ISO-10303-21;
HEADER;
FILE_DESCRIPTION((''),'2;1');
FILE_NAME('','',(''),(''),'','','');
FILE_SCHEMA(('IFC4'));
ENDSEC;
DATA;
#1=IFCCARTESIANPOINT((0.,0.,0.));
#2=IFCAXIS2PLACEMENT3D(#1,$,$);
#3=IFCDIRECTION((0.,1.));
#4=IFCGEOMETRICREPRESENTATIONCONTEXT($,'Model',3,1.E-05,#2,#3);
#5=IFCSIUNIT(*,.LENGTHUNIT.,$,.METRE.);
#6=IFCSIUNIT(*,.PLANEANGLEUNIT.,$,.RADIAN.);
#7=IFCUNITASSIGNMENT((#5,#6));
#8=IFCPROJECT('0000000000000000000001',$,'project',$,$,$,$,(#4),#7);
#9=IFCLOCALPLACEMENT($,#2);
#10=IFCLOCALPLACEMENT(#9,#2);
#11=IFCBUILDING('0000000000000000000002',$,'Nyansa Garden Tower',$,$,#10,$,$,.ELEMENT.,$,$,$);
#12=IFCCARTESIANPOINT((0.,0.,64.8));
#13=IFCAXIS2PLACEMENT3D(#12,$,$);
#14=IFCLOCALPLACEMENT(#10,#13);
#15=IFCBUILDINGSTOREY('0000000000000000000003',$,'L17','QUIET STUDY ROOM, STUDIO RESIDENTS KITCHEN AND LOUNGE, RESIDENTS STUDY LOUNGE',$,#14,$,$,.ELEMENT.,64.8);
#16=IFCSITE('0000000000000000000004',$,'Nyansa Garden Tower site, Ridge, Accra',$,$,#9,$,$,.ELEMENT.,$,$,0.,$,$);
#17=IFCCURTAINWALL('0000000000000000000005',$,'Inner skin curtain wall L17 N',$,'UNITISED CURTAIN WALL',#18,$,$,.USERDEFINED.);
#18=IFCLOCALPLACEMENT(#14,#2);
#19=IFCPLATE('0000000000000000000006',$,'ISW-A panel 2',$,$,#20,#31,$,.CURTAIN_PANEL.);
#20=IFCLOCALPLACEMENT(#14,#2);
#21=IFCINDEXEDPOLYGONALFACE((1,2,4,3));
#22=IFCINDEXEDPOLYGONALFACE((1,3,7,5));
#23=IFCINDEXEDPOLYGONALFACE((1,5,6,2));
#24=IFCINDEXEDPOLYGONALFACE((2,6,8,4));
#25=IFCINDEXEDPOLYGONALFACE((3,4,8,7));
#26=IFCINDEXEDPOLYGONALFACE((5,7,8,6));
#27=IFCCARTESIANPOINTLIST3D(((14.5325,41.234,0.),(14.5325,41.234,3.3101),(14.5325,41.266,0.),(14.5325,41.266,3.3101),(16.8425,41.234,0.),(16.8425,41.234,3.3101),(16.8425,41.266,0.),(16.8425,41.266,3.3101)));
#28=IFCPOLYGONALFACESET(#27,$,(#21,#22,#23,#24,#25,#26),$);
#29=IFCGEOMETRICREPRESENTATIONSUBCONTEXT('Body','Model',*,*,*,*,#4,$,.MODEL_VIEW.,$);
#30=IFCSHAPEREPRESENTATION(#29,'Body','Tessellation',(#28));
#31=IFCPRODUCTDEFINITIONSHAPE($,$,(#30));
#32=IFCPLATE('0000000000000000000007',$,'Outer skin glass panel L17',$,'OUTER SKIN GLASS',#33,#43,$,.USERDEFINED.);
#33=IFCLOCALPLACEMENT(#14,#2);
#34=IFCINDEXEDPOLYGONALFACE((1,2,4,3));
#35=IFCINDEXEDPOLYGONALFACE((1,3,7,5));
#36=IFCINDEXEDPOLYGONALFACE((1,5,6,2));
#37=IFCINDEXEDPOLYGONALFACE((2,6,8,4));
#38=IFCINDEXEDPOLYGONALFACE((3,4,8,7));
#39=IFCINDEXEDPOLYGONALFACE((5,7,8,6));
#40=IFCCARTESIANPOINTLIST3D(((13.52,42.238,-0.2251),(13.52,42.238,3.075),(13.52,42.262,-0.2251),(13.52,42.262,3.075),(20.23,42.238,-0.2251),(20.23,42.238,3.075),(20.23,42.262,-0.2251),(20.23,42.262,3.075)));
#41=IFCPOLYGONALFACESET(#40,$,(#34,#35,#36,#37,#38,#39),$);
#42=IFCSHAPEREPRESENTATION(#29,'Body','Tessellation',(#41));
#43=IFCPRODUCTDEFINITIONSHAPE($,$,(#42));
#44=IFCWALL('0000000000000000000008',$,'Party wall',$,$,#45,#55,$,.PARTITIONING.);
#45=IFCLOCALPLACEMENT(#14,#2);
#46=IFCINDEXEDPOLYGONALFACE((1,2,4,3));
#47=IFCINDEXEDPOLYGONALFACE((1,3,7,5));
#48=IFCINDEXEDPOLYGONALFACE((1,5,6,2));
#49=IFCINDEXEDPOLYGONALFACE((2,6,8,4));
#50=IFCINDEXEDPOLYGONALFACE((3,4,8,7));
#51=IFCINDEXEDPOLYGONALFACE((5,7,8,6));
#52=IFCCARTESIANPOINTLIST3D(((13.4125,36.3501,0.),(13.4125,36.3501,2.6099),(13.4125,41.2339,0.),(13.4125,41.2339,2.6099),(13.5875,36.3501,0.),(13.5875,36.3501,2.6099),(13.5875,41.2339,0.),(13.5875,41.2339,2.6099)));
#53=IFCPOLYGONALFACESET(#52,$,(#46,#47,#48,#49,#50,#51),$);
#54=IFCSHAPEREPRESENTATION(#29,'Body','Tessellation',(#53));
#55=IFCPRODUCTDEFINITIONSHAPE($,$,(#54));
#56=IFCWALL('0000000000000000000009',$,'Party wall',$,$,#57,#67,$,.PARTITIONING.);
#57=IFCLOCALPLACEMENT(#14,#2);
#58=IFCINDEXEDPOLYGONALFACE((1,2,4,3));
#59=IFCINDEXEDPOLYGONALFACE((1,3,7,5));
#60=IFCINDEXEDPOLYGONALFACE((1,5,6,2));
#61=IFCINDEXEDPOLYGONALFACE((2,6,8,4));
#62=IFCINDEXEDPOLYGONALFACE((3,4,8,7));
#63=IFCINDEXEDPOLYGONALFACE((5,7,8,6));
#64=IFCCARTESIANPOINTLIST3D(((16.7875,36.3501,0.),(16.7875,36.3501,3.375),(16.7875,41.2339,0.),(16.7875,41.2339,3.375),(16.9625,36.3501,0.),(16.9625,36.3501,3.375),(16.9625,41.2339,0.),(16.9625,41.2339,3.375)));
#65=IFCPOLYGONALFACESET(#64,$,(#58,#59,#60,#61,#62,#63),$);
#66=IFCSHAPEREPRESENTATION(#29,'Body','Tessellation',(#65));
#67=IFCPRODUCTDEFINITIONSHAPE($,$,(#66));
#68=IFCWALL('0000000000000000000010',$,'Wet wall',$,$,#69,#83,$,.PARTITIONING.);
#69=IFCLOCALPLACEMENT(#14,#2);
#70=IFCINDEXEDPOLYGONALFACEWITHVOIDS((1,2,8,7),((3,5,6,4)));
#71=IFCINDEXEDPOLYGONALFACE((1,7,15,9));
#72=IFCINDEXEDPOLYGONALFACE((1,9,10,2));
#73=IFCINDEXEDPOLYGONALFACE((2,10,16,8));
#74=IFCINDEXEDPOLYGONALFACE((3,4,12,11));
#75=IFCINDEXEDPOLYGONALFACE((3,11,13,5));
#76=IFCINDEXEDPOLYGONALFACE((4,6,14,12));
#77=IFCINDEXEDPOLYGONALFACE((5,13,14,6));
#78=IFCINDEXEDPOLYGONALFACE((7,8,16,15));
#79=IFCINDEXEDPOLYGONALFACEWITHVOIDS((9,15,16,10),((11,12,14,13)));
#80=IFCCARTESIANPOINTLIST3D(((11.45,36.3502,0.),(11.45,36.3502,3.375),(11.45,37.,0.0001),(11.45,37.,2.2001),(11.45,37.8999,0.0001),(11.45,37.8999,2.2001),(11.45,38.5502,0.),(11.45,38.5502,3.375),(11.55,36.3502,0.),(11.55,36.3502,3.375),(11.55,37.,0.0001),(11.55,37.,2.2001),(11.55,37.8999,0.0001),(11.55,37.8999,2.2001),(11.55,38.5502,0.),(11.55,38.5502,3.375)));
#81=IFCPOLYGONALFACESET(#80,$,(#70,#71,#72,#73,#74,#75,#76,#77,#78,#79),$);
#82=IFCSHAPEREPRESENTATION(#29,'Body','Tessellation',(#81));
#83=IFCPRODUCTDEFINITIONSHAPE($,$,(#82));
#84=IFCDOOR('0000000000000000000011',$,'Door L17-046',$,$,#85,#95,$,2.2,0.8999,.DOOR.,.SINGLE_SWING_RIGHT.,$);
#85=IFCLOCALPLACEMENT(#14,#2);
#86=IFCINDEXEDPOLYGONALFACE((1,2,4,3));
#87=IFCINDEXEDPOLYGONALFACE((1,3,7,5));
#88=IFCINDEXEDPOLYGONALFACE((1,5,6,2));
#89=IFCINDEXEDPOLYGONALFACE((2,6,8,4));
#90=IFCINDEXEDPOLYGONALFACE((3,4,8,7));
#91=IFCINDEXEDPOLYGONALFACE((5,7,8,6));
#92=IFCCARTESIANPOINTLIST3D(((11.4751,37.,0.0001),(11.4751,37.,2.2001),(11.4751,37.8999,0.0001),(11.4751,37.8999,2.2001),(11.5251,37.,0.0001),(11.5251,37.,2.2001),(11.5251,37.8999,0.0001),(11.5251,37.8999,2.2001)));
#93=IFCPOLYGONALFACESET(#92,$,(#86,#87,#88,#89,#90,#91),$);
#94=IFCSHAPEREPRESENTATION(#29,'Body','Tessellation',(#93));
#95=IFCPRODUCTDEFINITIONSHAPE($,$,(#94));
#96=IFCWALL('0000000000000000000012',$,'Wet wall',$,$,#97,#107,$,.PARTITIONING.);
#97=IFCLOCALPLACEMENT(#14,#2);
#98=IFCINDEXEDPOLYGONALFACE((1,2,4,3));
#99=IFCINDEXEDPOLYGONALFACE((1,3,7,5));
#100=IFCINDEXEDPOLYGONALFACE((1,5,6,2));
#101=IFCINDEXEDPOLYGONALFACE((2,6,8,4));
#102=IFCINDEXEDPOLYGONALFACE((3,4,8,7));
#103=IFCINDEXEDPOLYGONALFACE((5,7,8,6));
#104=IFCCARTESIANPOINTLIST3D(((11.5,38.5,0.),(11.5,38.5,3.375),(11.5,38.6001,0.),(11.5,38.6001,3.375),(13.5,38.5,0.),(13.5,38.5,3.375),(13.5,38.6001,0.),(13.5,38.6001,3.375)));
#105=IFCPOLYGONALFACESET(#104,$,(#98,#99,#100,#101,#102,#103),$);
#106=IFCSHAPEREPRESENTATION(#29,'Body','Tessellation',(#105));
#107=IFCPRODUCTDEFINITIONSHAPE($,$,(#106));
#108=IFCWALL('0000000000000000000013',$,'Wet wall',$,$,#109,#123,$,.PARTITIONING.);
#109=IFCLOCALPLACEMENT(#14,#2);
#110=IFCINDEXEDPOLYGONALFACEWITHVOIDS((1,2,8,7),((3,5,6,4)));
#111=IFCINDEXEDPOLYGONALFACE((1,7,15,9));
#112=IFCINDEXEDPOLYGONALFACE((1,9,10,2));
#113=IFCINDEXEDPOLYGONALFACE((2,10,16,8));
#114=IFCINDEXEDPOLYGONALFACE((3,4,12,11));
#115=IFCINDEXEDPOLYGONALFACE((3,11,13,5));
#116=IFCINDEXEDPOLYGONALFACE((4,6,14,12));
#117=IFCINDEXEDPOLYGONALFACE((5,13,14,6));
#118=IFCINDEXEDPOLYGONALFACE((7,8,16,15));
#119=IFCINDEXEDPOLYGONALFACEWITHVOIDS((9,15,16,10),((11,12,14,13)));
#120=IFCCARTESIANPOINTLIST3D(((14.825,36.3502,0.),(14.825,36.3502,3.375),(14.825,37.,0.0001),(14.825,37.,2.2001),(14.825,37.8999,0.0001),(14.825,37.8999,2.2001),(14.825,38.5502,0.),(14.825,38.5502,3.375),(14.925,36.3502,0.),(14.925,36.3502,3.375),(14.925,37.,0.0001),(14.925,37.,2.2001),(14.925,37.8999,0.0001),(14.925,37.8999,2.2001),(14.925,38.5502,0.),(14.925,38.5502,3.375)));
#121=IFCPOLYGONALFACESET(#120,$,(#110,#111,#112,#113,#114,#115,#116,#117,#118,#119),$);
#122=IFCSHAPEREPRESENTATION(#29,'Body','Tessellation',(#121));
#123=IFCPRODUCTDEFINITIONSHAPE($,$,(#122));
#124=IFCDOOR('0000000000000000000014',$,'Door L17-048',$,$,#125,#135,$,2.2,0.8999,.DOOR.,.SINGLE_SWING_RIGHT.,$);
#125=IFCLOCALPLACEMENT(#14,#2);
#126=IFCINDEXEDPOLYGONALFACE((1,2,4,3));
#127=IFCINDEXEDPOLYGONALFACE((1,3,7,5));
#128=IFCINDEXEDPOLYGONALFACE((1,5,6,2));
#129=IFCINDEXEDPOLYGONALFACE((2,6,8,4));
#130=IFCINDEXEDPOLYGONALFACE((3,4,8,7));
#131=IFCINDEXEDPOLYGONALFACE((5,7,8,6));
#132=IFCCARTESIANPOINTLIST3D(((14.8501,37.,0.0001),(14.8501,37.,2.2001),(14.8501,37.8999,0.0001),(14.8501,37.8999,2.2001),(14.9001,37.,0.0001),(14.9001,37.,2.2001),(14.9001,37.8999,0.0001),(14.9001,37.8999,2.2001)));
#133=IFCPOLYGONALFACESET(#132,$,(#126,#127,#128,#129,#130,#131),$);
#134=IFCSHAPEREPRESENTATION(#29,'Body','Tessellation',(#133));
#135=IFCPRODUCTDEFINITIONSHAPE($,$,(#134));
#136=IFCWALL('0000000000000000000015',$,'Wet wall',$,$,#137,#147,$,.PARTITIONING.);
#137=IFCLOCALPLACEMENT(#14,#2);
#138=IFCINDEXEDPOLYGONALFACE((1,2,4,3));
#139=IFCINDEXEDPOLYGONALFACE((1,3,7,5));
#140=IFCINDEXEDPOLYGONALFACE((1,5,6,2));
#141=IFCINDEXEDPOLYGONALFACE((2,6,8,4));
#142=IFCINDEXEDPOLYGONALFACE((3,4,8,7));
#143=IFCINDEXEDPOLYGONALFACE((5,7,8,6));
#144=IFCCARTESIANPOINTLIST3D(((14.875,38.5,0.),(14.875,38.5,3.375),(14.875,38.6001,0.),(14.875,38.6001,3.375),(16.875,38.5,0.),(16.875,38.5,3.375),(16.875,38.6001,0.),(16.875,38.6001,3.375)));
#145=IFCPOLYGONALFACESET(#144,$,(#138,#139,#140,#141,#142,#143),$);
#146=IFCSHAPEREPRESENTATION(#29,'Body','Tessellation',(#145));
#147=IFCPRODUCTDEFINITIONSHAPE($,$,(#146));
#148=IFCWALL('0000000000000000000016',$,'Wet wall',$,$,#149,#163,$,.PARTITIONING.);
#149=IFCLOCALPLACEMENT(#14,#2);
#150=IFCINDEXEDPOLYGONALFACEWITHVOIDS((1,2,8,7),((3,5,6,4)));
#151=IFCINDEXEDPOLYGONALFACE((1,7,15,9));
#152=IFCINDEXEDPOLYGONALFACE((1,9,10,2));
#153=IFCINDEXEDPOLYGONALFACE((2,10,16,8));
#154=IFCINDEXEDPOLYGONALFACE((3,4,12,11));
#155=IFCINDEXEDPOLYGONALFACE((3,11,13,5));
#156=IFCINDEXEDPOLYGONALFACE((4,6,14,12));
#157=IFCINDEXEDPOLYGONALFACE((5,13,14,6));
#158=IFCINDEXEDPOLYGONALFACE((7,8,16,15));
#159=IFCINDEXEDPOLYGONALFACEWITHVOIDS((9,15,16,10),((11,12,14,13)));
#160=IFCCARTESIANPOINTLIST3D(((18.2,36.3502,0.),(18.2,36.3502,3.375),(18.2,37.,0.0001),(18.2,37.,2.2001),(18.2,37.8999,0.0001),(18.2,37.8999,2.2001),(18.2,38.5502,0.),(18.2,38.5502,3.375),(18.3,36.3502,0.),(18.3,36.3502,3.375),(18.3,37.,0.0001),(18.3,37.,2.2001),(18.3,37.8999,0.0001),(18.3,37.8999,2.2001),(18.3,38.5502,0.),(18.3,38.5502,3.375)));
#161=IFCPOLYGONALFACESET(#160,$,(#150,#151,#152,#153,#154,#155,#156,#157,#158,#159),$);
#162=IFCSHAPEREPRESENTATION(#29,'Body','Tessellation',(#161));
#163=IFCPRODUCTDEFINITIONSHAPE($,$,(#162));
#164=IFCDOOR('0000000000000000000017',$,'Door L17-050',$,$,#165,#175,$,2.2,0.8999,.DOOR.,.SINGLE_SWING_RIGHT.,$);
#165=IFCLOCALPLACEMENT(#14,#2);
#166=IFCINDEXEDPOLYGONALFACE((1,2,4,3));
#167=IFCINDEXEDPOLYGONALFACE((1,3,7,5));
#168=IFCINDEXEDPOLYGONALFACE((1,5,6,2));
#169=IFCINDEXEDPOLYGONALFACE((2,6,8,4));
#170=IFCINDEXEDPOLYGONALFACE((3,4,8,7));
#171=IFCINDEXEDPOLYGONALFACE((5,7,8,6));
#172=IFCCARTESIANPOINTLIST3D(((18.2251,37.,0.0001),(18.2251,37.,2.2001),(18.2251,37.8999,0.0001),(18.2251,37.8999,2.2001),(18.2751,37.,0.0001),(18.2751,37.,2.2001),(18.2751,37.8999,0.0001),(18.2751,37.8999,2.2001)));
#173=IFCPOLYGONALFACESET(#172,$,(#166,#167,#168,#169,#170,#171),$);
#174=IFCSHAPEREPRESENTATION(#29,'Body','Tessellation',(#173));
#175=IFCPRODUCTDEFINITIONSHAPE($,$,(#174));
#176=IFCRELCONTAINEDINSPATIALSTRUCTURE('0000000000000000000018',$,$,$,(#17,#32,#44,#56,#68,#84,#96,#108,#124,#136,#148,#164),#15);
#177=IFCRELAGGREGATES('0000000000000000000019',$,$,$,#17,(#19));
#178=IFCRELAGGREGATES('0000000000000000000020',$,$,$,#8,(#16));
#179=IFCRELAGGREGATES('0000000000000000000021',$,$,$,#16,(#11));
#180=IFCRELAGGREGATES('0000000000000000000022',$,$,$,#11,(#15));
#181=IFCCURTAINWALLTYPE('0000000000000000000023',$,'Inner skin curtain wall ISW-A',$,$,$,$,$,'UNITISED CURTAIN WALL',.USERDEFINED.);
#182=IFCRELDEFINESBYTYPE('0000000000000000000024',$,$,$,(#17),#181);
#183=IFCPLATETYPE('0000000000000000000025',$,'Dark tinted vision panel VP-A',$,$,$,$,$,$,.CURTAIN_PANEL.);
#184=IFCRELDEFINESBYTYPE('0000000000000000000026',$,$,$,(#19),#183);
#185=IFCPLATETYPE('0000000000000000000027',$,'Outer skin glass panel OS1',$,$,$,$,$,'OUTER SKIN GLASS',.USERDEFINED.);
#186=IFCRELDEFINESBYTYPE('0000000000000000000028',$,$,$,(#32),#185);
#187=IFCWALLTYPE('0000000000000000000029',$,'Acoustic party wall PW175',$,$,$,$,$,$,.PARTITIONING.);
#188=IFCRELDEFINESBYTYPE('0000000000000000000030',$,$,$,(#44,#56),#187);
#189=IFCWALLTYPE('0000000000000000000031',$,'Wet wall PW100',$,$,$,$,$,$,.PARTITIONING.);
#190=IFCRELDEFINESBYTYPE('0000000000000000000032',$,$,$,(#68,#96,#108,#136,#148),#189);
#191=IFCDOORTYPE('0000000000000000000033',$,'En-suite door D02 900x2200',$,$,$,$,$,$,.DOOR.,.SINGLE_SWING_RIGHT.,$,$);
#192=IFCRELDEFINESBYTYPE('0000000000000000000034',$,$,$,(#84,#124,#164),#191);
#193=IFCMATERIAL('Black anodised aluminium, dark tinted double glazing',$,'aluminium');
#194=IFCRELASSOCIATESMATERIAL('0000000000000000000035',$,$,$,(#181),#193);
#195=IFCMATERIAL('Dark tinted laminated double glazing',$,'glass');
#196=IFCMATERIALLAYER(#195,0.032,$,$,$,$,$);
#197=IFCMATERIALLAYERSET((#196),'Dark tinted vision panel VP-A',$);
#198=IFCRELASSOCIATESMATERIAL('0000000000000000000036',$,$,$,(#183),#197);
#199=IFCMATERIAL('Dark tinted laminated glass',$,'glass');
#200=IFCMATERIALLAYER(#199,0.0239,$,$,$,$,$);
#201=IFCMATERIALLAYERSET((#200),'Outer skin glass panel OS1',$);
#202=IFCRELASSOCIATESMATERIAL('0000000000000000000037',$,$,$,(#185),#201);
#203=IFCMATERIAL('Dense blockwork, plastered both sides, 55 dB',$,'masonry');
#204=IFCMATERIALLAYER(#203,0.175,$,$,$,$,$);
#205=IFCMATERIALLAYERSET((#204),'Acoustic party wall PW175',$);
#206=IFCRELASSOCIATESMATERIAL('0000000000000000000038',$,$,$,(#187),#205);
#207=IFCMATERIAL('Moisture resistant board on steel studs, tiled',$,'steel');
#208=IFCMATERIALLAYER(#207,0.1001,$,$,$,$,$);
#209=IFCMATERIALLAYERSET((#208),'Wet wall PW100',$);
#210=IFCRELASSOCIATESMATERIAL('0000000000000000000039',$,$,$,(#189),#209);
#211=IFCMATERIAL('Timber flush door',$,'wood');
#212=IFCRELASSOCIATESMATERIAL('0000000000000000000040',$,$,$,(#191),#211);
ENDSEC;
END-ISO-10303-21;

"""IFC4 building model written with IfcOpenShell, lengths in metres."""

from ifc_helpers import new_model, si_unit, direction, frame, frame_2d, origin, origin_2d, place, context, subcontext, project, spatial, rectangle, extrude, material, layer, layer_set, type_object, element, fill, aggregate, save


model = new_model("IFC4")

# Units and contexts
model_context = context("Model", 3, precision=1e-05, world=origin(), true_north=direction((0.0, 1.0)))
body_context = subcontext(model_context, "Body", "Model", "MODEL_VIEW")
ifc_project = project(units=[si_unit("LENGTHUNIT", "METRE"), si_unit("PLANEANGLEUNIT", "RADIAN")], contexts=[model_context])

# Site, building, storey
site_placement = place(None, origin())
site = spatial("IfcSite", under=ifc_project, at=site_placement, Name="Nyansa Garden Tower site, Ridge, Accra", CompositionType="ELEMENT", RefElevation=0.0)
building_placement = place(site_placement, origin())
building = spatial("IfcBuilding", under=site, at=building_placement, Name="Nyansa Garden Tower", CompositionType="ELEMENT")
storey_placement = place(building_placement, frame((0.0, 0.0, 64.8)))
storey = spatial("IfcBuildingStorey", under=building, at=storey_placement, Name="L17", Description="QUIET STUDY ROOM, STUDIO RESIDENTS KITCHEN AND LOUNGE, RESIDENTS STUDY LOUNGE", CompositionType="ELEMENT", Elevation=64.8)

# Curtain wall
ifc_material_1 = material(Name="Black anodised aluminium, dark tinted double glazing", Category="aluminium")
curtain_wall_type = type_object("IfcCurtainWallType", Name="Inner skin curtain wall ISW-A", ElementType="UNITISED CURTAIN WALL", PredefinedType="USERDEFINED", material=ifc_material_1)
curtain_wall_1_placement = place(storey_placement, origin())
curtain_wall_1 = element("IfcCurtainWall", 1, at=curtain_wall_1_placement, inside=storey, type_object=curtain_wall_type, Name="Inner skin curtain wall L17 N", ObjectType="UNITISED CURTAIN WALL", PredefinedType="USERDEFINED")

# Plates
ifc_material_2 = material(Name="Dark tinted laminated double glazing", Category="glass")
ifc_layer_1 = layer(ifc_material_2, 0.032)
ifc_layer_set_1 = layer_set([ifc_layer_1], Name="Dark tinted vision panel VP-A")
plate_type_1 = type_object("IfcPlateType", Name="Dark tinted vision panel VP-A", PredefinedType="CURTAIN_PANEL", material=ifc_layer_set_1)
plate_1_placement = place(storey_placement, frame((15.6875, 41.25, 0.0), z_axis=(0.0, 0.0, 1.0), x_axis=(-1.0, 0.0, 0.0)))
plate_1 = element("IfcPlate", 2, at=plate_1_placement, type_object=plate_type_1, Name="ISW-A panel 2", PredefinedType="CURTAIN_PANEL", context=body_context, shape_type="SweptSolid", body=[
    extrude(rectangle(XDim=2.3101, YDim=0.032, at=origin_2d()), origin(), (0.0, 0.0, 1.0), 3.3101),
])
aggregate(curtain_wall_1, [plate_1])
ifc_material_3 = material(Name="Dark tinted laminated glass", Category="glass")
ifc_layer_2 = layer(ifc_material_3, 0.0239)
ifc_layer_set_2 = layer_set([ifc_layer_2], Name="Outer skin glass panel OS1")
plate_type_2 = type_object("IfcPlateType", Name="Outer skin glass panel OS1", ElementType="OUTER SKIN GLASS", PredefinedType="USERDEFINED", material=ifc_layer_set_2)
plate_2_placement = place(storey_placement, frame((16.875, 42.25, -0.2251), z_axis=(0.0, 0.0, 1.0), x_axis=(1.0, 0.0, 0.0)))
element("IfcPlate", 3, at=plate_2_placement, inside=storey, type_object=plate_type_2, Name="Outer skin glass panel L17", ObjectType="OUTER SKIN GLASS", PredefinedType="USERDEFINED", context=body_context, shape_type="SweptSolid", body=[
    extrude(rectangle(XDim=6.71, YDim=0.0239, at=origin_2d()), origin(), (0.0, 0.0, 1.0), 3.3),
])

# Walls
ifc_material_4 = material(Name="Dense blockwork, plastered both sides, 55 dB", Category="masonry")
ifc_layer_3 = layer(ifc_material_4, 0.175)
ifc_layer_set_3 = layer_set([ifc_layer_3], Name="Acoustic party wall PW175")
wall_type_1 = type_object("IfcWallType", Name="Acoustic party wall PW175", PredefinedType="PARTITIONING", material=ifc_layer_set_3)
wall_1_placement = place(storey_placement, frame((13.5, 36.3501, 0.0), z_axis=(0.0, 0.0, 1.0), x_axis=(0.0, 1.0, 0.0)))
element("IfcWall", 4, at=wall_1_placement, inside=storey, type_object=wall_type_1, Name="Party wall", PredefinedType="PARTITIONING", context=body_context, shape_type="SweptSolid", body=[
    extrude(rectangle(XDim=4.8838, YDim=0.175, at=frame_2d((2.4419, 0.0))), origin(), (0.0, 0.0, 1.0), 2.6099),
])
wall_2_placement = place(storey_placement, frame((16.875, 36.3501, 0.0), z_axis=(0.0, 0.0, 1.0), x_axis=(0.0, 1.0, 0.0)))
element("IfcWall", 5, at=wall_2_placement, inside=storey, type_object=wall_type_1, Name="Party wall", PredefinedType="PARTITIONING", context=body_context, shape_type="SweptSolid", body=[
    extrude(rectangle(XDim=4.8838, YDim=0.175, at=frame_2d((2.4419, 0.0))), origin(), (0.0, 0.0, 1.0), 3.375),
])

# Wall, opening, door
ifc_material_5 = material(Name="Moisture resistant board on steel studs, tiled", Category="steel")
ifc_layer_4 = layer(ifc_material_5, 0.1001)
ifc_layer_set_4 = layer_set([ifc_layer_4], Name="Wet wall PW100")
wall_type_2 = type_object("IfcWallType", Name="Wet wall PW100", PredefinedType="PARTITIONING", material=ifc_layer_set_4)
wall_3_placement = place(storey_placement, frame((11.5, 36.3501, 0.0), z_axis=(0.0, 0.0, 1.0), x_axis=(0.0, 1.0, 0.0)))
wall_3 = element("IfcWall", 6, at=wall_3_placement, inside=storey, type_object=wall_type_2, Name="Wet wall", PredefinedType="PARTITIONING", context=body_context, shape_type="SweptSolid", body=[
    extrude(rectangle(XDim=2.2, YDim=0.1001, at=frame_2d((1.1001, 0.0))), origin(), (0.0, 0.0, 1.0), 3.375),
])
opening_1_placement = place(wall_3_placement, frame((0.6499, 0.0, 0.0)))
opening_1 = element("IfcOpeningElement", 7, at=opening_1_placement, cuts=wall_3, PredefinedType="OPENING", context=body_context, shape_type="SweptSolid", body=[
    extrude(rectangle(XDim=0.8999, YDim=2.2, at=frame_2d((0.45, 1.1001))), frame((0.0, 0.0601, 0.0), z_axis=(0.0, -1.0, 0.0), x_axis=(1.0, 0.0, 0.0)), (0.0, 0.0, 1.0), 0.1201),
])
ifc_material_6 = material(Name="Timber flush door", Category="wood")
door_type = type_object("IfcDoorType", Name="En-suite door D02 900x2200", OperationType="SINGLE_SWING_RIGHT", PredefinedType="DOOR", material=ifc_material_6)
door_1_placement = place(opening_1_placement, origin())
door_1 = element("IfcDoor", 8, at=door_1_placement, inside=storey, type_object=door_type, Name="Door L17-046", OperationType="SINGLE_SWING_RIGHT", OverallHeight=2.2, OverallWidth=0.8999, PredefinedType="DOOR", context=body_context, shape_type="SweptSolid", body=[
    extrude(rectangle(XDim=0.8999, YDim=2.2, at=frame_2d((0.45, 1.1001))), frame((0.0, 0.0249, 0.0), z_axis=(0.0, -1.0, 0.0), x_axis=(1.0, 0.0, 0.0)), (0.0, 0.0, 1.0), 0.05),
])
fill(opening_1, door_1)

# Wall
wall_4_placement = place(storey_placement, frame((11.5, 38.55, 0.0), z_axis=(0.0, 0.0, 1.0), x_axis=(1.0, 0.0, 0.0)))
element("IfcWall", 9, at=wall_4_placement, inside=storey, type_object=wall_type_2, Name="Wet wall", PredefinedType="PARTITIONING", context=body_context, shape_type="SweptSolid", body=[
    extrude(rectangle(XDim=2.0, YDim=0.1001, at=frame_2d((1.0, 0.0))), origin(), (0.0, 0.0, 1.0), 3.375),
])

# Wall, opening, door
wall_5_placement = place(storey_placement, frame((14.875, 36.3501, 0.0), z_axis=(0.0, 0.0, 1.0), x_axis=(0.0, 1.0, 0.0)))
wall_5 = element("IfcWall", 10, at=wall_5_placement, inside=storey, type_object=wall_type_2, Name="Wet wall", PredefinedType="PARTITIONING", context=body_context, shape_type="SweptSolid", body=[
    extrude(rectangle(XDim=2.2, YDim=0.1001, at=frame_2d((1.1001, 0.0))), origin(), (0.0, 0.0, 1.0), 3.375),
])
opening_2_placement = place(wall_5_placement, frame((0.6499, 0.0, 0.0)))
opening_2 = element("IfcOpeningElement", 11, at=opening_2_placement, cuts=wall_5, PredefinedType="OPENING", context=body_context, shape_type="SweptSolid", body=[
    extrude(rectangle(XDim=0.8999, YDim=2.2, at=frame_2d((0.45, 1.1001))), frame((0.0, 0.0601, 0.0), z_axis=(0.0, -1.0, 0.0), x_axis=(1.0, 0.0, 0.0)), (0.0, 0.0, 1.0), 0.1201),
])
door_2_placement = place(opening_2_placement, origin())
door_2 = element("IfcDoor", 12, at=door_2_placement, inside=storey, type_object=door_type, Name="Door L17-048", OperationType="SINGLE_SWING_RIGHT", OverallHeight=2.2, OverallWidth=0.8999, PredefinedType="DOOR", context=body_context, shape_type="SweptSolid", body=[
    extrude(rectangle(XDim=0.8999, YDim=2.2, at=frame_2d((0.45, 1.1001))), frame((0.0, 0.0249, 0.0), z_axis=(0.0, -1.0, 0.0), x_axis=(1.0, 0.0, 0.0)), (0.0, 0.0, 1.0), 0.05),
])
fill(opening_2, door_2)

# Wall
wall_6_placement = place(storey_placement, frame((14.875, 38.55, 0.0), z_axis=(0.0, 0.0, 1.0), x_axis=(1.0, 0.0, 0.0)))
element("IfcWall", 13, at=wall_6_placement, inside=storey, type_object=wall_type_2, Name="Wet wall", PredefinedType="PARTITIONING", context=body_context, shape_type="SweptSolid", body=[
    extrude(rectangle(XDim=2.0, YDim=0.1001, at=frame_2d((1.0, 0.0))), origin(), (0.0, 0.0, 1.0), 3.375),
])

# Wall, opening, door
wall_7_placement = place(storey_placement, frame((18.25, 36.3501, 0.0), z_axis=(0.0, 0.0, 1.0), x_axis=(0.0, 1.0, 0.0)))
wall_7 = element("IfcWall", 14, at=wall_7_placement, inside=storey, type_object=wall_type_2, Name="Wet wall", PredefinedType="PARTITIONING", context=body_context, shape_type="SweptSolid", body=[
    extrude(rectangle(XDim=2.2, YDim=0.1001, at=frame_2d((1.1001, 0.0))), origin(), (0.0, 0.0, 1.0), 3.375),
])
opening_3_placement = place(wall_7_placement, frame((0.6499, 0.0, 0.0)))
opening_3 = element("IfcOpeningElement", 15, at=opening_3_placement, cuts=wall_7, PredefinedType="OPENING", context=body_context, shape_type="SweptSolid", body=[
    extrude(rectangle(XDim=0.8999, YDim=2.2, at=frame_2d((0.45, 1.1001))), frame((0.0, 0.0601, 0.0), z_axis=(0.0, -1.0, 0.0), x_axis=(1.0, 0.0, 0.0)), (0.0, 0.0, 1.0), 0.1201),
])
door_3_placement = place(opening_3_placement, origin())
door_3 = element("IfcDoor", 16, at=door_3_placement, inside=storey, type_object=door_type, Name="Door L17-050", OperationType="SINGLE_SWING_RIGHT", OverallHeight=2.2, OverallWidth=0.8999, PredefinedType="DOOR", context=body_context, shape_type="SweptSolid", body=[
    extrude(rectangle(XDim=0.8999, YDim=2.2, at=frame_2d((0.45, 1.1001))), frame((0.0, 0.0249, 0.0), z_axis=(0.0, -1.0, 0.0), x_axis=(1.0, 0.0, 0.0)), (0.0, 0.0, 1.0), 0.05),
])
fill(opening_3, door_3)

save(model, "model.ifc")
